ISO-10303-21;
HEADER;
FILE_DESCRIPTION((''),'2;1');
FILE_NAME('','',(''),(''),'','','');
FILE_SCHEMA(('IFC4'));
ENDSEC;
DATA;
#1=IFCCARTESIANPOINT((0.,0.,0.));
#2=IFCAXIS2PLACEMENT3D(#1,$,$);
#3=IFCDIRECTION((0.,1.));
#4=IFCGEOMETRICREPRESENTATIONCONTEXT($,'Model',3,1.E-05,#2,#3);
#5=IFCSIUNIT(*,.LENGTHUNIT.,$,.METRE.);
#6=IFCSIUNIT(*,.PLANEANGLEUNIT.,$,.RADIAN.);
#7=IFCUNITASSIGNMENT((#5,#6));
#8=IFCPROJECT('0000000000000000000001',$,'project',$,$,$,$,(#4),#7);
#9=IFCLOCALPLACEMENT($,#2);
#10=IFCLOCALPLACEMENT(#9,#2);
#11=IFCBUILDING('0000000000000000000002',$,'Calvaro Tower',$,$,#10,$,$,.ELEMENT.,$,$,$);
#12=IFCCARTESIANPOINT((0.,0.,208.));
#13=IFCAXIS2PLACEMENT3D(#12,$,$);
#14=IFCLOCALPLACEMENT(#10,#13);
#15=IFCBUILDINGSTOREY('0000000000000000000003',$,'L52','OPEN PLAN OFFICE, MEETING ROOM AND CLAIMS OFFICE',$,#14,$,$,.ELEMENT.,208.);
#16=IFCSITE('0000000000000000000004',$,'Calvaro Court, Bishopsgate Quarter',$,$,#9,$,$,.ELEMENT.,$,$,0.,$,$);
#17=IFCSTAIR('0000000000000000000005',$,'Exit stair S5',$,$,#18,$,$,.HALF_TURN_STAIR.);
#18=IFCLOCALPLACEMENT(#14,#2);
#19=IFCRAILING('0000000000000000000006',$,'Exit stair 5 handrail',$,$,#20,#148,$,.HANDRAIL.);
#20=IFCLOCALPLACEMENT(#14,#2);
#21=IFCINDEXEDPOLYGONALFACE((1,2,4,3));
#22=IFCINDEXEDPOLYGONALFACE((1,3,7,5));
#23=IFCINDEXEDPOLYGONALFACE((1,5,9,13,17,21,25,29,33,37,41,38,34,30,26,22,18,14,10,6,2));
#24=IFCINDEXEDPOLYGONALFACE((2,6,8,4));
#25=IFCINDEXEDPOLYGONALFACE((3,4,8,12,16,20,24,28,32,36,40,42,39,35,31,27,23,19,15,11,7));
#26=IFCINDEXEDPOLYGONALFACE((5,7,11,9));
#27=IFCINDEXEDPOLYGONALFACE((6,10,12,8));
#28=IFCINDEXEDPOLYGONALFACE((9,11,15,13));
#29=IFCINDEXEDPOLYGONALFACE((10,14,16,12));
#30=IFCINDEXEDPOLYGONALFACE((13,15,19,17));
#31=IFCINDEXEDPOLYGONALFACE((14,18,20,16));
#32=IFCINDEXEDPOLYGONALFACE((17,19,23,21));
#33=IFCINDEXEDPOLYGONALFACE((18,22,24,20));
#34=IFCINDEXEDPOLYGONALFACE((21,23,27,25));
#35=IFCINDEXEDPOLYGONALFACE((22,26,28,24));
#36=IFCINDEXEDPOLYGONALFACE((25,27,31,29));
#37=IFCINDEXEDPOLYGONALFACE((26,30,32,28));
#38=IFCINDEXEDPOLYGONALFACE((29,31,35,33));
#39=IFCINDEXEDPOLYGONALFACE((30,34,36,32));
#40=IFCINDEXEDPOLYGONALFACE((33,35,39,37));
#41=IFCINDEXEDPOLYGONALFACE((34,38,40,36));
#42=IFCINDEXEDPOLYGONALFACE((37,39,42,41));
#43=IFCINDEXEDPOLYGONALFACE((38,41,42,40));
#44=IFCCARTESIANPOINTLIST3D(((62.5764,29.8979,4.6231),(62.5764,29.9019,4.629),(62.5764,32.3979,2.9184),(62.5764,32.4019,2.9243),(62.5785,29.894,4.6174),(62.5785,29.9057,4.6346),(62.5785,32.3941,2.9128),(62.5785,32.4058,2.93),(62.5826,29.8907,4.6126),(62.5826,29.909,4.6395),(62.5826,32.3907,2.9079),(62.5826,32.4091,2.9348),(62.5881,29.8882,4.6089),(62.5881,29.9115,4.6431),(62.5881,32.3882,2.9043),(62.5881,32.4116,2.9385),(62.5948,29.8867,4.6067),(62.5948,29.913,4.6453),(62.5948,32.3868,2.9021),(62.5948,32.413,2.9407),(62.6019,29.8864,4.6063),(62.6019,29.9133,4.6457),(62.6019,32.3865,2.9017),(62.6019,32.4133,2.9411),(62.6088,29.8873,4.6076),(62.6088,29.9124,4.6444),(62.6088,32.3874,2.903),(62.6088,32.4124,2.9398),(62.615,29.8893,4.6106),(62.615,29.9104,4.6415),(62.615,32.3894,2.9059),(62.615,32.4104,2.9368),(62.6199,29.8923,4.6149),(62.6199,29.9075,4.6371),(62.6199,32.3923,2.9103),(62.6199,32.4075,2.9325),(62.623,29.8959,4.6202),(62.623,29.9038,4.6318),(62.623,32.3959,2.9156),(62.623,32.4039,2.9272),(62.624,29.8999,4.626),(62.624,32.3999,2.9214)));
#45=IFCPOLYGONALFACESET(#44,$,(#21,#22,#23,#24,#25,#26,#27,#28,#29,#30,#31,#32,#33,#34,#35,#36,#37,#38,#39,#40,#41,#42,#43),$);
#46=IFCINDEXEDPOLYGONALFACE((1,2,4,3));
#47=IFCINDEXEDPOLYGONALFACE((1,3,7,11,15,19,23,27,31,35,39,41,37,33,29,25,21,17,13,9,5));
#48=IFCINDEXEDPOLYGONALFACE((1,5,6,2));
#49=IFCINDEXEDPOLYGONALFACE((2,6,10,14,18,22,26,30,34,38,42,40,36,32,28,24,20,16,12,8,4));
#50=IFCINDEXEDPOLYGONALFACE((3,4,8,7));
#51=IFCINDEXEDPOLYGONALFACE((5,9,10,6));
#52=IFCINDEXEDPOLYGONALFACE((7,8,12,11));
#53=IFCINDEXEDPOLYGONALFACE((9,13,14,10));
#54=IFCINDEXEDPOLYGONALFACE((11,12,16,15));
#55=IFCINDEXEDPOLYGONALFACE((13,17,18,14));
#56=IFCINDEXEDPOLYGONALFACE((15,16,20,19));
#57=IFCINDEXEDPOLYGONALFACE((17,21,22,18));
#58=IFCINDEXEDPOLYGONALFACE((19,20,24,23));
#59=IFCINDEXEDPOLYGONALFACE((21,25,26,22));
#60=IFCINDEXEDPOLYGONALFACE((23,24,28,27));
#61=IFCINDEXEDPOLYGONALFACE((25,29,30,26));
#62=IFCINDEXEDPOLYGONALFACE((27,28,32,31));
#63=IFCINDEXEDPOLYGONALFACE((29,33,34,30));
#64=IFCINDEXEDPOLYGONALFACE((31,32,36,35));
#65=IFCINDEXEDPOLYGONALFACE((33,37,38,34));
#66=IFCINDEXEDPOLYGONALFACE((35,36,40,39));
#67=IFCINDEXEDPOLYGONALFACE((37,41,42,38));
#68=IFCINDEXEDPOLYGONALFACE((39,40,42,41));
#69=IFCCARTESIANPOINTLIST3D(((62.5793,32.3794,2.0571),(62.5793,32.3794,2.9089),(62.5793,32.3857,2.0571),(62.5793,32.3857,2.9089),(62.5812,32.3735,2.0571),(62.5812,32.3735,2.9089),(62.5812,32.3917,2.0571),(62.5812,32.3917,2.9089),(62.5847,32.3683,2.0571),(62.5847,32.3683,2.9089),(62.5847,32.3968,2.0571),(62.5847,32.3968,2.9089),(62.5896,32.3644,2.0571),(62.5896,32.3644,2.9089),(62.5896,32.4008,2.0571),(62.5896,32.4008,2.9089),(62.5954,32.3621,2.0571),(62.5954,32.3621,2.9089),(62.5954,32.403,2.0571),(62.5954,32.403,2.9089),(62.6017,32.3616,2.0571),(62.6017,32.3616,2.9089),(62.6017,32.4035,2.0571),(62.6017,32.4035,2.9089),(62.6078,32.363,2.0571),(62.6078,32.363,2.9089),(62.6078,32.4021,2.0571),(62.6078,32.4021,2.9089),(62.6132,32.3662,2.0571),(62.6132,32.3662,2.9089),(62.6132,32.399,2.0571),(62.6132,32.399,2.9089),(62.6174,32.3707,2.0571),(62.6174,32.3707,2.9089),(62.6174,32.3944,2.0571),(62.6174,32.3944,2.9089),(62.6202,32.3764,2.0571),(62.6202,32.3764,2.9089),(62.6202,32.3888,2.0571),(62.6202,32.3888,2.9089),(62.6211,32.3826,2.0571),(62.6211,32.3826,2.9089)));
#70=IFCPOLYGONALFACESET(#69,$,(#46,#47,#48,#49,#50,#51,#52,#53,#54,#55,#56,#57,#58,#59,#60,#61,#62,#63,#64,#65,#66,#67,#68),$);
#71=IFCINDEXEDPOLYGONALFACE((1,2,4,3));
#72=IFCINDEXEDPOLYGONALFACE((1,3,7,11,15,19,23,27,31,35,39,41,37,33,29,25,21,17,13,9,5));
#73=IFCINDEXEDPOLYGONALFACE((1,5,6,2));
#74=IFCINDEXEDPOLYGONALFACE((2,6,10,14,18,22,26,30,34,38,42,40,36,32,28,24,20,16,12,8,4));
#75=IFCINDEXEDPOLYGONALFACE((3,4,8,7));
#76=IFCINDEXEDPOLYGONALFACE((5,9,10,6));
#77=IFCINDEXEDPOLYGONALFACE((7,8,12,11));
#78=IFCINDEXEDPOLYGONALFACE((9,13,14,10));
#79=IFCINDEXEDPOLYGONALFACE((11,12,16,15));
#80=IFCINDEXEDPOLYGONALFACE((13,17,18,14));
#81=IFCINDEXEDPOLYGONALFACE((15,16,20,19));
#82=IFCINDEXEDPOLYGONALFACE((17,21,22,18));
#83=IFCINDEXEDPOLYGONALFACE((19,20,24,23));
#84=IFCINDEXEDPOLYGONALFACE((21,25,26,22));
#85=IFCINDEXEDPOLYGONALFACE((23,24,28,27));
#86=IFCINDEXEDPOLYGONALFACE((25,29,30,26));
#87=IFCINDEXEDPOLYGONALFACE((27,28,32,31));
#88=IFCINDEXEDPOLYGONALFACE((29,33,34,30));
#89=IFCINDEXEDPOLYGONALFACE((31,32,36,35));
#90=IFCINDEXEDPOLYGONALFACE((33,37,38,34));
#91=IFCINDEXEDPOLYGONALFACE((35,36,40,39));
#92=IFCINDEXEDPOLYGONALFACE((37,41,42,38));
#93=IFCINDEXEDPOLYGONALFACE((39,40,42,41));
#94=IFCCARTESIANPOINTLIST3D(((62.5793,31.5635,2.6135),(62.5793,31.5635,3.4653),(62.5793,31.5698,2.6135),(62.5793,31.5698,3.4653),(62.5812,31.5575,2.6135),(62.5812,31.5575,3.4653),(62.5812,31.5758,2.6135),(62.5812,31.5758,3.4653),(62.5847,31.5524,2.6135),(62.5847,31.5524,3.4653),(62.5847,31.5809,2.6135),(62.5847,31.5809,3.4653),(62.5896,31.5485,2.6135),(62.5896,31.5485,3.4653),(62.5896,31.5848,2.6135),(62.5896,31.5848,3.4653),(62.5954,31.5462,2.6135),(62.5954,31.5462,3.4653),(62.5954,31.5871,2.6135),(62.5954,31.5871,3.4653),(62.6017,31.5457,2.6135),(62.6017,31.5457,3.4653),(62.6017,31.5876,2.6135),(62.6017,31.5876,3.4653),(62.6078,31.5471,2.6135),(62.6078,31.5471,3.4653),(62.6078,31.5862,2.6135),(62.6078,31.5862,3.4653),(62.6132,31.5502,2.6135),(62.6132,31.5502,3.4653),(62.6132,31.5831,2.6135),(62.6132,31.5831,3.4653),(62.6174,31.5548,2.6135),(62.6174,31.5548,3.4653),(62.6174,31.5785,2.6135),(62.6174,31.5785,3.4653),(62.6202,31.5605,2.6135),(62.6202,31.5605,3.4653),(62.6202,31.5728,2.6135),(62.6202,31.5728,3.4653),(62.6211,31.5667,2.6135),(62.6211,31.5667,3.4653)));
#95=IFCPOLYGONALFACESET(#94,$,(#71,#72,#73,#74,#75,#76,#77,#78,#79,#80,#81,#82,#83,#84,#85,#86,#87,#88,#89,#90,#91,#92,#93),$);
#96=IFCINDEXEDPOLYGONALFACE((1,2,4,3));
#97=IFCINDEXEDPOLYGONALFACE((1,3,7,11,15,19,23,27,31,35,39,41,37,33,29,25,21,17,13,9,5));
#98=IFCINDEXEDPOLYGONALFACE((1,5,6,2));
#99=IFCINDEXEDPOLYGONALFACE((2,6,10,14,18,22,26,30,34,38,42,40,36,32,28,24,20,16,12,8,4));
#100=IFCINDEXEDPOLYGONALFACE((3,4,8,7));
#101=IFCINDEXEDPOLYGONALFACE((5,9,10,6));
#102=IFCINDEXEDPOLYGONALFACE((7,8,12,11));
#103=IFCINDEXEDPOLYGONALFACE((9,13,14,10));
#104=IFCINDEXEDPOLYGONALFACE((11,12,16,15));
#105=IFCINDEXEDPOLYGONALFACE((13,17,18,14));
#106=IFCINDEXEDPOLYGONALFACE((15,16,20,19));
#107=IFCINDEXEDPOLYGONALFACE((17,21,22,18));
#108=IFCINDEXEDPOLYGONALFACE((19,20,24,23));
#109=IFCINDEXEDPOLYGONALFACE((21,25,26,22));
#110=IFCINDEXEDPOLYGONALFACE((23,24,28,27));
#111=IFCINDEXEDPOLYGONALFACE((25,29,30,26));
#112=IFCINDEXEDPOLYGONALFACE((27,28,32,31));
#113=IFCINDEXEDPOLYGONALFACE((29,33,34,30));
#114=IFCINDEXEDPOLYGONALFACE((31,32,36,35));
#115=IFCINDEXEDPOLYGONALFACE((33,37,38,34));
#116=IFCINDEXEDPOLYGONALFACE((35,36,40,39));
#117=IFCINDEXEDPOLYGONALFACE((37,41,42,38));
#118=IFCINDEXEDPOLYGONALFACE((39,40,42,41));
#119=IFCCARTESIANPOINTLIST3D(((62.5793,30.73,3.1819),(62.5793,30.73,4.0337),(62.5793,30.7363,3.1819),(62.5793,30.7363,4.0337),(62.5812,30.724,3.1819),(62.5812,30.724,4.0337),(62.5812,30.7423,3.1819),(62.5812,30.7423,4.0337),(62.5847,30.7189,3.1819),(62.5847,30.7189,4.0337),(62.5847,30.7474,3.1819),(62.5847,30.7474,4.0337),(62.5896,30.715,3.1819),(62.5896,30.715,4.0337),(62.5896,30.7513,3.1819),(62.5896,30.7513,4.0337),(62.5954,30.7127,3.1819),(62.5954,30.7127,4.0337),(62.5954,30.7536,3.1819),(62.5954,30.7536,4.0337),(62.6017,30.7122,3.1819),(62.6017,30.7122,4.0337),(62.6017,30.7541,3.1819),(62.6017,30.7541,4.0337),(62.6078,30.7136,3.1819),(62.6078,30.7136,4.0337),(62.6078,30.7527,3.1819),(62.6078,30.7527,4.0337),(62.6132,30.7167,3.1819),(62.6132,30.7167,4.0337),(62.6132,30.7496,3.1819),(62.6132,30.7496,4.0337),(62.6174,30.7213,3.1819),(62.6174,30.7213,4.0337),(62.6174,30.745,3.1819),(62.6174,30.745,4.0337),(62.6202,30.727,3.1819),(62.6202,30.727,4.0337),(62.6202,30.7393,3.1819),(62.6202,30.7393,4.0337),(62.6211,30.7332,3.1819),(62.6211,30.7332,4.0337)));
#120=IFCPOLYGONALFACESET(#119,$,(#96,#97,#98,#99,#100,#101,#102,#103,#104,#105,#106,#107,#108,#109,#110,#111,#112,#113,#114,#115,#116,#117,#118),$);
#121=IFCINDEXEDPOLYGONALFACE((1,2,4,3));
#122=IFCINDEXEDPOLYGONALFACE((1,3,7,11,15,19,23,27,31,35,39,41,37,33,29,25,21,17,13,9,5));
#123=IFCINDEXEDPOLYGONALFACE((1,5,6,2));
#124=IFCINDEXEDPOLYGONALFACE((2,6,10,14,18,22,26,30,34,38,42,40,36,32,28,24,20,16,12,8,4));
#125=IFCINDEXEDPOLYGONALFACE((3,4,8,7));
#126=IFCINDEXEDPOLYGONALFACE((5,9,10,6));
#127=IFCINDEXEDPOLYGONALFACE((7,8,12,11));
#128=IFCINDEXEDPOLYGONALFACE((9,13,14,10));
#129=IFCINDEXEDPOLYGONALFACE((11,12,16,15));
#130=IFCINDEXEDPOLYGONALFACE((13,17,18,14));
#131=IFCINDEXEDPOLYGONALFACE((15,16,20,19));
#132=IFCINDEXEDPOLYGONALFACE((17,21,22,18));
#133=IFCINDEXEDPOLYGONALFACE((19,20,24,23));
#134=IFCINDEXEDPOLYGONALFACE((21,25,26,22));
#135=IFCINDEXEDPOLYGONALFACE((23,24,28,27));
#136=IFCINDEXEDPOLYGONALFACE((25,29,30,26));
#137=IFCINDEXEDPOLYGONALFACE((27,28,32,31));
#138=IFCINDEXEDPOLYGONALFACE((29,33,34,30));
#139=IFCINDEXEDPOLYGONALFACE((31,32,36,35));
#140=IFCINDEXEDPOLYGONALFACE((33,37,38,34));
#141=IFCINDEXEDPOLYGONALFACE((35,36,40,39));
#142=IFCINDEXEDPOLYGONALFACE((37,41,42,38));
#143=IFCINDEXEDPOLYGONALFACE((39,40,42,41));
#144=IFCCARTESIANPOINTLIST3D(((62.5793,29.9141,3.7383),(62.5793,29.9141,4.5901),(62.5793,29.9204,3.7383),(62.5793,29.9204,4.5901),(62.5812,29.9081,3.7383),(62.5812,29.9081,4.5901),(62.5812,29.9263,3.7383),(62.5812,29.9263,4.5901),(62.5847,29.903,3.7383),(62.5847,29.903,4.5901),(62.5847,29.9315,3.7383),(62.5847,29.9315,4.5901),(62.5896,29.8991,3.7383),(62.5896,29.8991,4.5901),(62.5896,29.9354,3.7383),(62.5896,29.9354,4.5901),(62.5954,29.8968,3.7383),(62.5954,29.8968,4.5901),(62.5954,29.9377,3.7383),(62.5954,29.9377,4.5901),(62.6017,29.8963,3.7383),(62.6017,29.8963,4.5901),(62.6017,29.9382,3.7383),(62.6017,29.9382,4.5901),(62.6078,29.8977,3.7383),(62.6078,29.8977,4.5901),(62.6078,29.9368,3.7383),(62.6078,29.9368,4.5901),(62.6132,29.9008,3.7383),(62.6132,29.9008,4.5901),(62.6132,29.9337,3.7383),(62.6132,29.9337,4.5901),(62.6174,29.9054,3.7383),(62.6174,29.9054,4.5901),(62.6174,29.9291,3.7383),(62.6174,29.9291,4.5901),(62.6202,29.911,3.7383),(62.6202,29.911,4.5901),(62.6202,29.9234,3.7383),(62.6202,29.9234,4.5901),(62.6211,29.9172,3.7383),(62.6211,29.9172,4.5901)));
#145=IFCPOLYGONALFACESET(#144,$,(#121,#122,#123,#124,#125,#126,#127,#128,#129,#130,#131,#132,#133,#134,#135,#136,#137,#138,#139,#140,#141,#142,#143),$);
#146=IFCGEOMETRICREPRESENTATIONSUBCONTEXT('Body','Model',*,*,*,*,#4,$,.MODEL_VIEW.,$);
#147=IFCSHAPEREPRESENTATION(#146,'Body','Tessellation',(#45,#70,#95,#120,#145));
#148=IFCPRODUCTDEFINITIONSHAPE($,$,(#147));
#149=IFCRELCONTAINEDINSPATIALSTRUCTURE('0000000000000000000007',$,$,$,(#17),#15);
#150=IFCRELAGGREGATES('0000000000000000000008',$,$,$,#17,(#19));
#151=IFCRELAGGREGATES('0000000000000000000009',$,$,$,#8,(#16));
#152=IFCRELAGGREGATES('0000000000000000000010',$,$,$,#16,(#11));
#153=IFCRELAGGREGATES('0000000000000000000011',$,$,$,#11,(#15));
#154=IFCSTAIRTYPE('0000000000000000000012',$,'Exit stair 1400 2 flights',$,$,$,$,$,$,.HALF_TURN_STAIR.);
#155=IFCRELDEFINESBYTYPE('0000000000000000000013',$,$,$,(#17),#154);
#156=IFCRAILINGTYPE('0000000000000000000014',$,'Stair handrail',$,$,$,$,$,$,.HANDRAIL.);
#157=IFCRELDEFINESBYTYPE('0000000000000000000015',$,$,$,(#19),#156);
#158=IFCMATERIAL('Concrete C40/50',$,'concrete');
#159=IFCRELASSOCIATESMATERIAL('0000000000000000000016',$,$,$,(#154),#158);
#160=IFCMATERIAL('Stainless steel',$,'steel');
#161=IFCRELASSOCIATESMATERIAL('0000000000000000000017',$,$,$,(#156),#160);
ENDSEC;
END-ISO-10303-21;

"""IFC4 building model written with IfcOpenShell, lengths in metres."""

from ifc_helpers import new_model, si_unit, direction, frame, origin, origin_2d, place, context, subcontext, project, spatial, circle, extrude, material, type_object, element, aggregate, save


model = new_model("IFC4")

# Units and contexts
model_context = context("Model", 3, precision=1e-05, world=origin(), true_north=direction((0.0, 1.0)))
body_context = subcontext(model_context, "Body", "Model", "MODEL_VIEW")
ifc_project = project(units=[si_unit("LENGTHUNIT", "METRE"), si_unit("PLANEANGLEUNIT", "RADIAN")], contexts=[model_context])

# Site, building, storey
site_placement = place(None, origin())
site = spatial("IfcSite", under=ifc_project, at=site_placement, Name="Calvaro Court, Bishopsgate Quarter", CompositionType="ELEMENT", RefElevation=0.0)
building_placement = place(site_placement, origin())
building = spatial("IfcBuilding", under=site, at=building_placement, Name="Calvaro Tower", CompositionType="ELEMENT")
storey_placement = place(building_placement, frame((0.0, 0.0, 208.0)))
storey = spatial("IfcBuildingStorey", under=building, at=storey_placement, Name="L52", Description="OPEN PLAN OFFICE, MEETING ROOM AND CLAIMS OFFICE", CompositionType="ELEMENT", Elevation=208.0)

# Stair
ifc_material_1 = material(Name="Concrete C40/50", Category="concrete")
stair_type = type_object("IfcStairType", Name="Exit stair 1400 2 flights", PredefinedType="HALF_TURN_STAIR", material=ifc_material_1)
stair_1_placement = place(storey_placement, origin())
stair_1 = element("IfcStair", 1, at=stair_1_placement, inside=storey, type_object=stair_type, Name="Exit stair S5", PredefinedType="HALF_TURN_STAIR")

# Railing
ifc_material_2 = material(Name="Stainless steel", Category="steel")
railing_type = type_object("IfcRailingType", Name="Stair handrail", PredefinedType="HANDRAIL", material=ifc_material_2)
railing_1_placement = place(storey_placement, frame((62.6001, 32.3999, 2.0454)))
railing_1 = element("IfcRailing", 2, at=railing_1_placement, type_object=railing_type, Name="Exit stair 5 handrail", PredefinedType="HANDRAIL", context=body_context, shape_type="SweptSolid", body=[
    extrude(circle(Radius=0.0239, at=origin_2d()), frame((0.0, 0.0, 0.876), z_axis=(0.0, -0.826221, 0.563347), x_axis=(1.0, 0.0, 0.0)), (0.0, 0.0, 1.0), 3.0259),
    extrude(circle(Radius=0.021, at=origin_2d()), frame((0.0, -0.0173, 0.0117)), (0.0, 0.0, 1.0), 0.8518),
    extrude(circle(Radius=0.021, at=origin_2d()), frame((0.0, -0.8333, 0.5681)), (0.0, 0.0, 1.0), 0.8518),
    extrude(circle(Radius=0.021, at=origin_2d()), frame((0.0, -1.6667, 1.1365)), (0.0, 0.0, 1.0), 0.8518),
    extrude(circle(Radius=0.021, at=origin_2d()), frame((0.0, -2.4827, 1.6929)), (0.0, 0.0, 1.0), 0.8518),
])
aggregate(stair_1, [railing_1])

save(model, "model.ifc")
